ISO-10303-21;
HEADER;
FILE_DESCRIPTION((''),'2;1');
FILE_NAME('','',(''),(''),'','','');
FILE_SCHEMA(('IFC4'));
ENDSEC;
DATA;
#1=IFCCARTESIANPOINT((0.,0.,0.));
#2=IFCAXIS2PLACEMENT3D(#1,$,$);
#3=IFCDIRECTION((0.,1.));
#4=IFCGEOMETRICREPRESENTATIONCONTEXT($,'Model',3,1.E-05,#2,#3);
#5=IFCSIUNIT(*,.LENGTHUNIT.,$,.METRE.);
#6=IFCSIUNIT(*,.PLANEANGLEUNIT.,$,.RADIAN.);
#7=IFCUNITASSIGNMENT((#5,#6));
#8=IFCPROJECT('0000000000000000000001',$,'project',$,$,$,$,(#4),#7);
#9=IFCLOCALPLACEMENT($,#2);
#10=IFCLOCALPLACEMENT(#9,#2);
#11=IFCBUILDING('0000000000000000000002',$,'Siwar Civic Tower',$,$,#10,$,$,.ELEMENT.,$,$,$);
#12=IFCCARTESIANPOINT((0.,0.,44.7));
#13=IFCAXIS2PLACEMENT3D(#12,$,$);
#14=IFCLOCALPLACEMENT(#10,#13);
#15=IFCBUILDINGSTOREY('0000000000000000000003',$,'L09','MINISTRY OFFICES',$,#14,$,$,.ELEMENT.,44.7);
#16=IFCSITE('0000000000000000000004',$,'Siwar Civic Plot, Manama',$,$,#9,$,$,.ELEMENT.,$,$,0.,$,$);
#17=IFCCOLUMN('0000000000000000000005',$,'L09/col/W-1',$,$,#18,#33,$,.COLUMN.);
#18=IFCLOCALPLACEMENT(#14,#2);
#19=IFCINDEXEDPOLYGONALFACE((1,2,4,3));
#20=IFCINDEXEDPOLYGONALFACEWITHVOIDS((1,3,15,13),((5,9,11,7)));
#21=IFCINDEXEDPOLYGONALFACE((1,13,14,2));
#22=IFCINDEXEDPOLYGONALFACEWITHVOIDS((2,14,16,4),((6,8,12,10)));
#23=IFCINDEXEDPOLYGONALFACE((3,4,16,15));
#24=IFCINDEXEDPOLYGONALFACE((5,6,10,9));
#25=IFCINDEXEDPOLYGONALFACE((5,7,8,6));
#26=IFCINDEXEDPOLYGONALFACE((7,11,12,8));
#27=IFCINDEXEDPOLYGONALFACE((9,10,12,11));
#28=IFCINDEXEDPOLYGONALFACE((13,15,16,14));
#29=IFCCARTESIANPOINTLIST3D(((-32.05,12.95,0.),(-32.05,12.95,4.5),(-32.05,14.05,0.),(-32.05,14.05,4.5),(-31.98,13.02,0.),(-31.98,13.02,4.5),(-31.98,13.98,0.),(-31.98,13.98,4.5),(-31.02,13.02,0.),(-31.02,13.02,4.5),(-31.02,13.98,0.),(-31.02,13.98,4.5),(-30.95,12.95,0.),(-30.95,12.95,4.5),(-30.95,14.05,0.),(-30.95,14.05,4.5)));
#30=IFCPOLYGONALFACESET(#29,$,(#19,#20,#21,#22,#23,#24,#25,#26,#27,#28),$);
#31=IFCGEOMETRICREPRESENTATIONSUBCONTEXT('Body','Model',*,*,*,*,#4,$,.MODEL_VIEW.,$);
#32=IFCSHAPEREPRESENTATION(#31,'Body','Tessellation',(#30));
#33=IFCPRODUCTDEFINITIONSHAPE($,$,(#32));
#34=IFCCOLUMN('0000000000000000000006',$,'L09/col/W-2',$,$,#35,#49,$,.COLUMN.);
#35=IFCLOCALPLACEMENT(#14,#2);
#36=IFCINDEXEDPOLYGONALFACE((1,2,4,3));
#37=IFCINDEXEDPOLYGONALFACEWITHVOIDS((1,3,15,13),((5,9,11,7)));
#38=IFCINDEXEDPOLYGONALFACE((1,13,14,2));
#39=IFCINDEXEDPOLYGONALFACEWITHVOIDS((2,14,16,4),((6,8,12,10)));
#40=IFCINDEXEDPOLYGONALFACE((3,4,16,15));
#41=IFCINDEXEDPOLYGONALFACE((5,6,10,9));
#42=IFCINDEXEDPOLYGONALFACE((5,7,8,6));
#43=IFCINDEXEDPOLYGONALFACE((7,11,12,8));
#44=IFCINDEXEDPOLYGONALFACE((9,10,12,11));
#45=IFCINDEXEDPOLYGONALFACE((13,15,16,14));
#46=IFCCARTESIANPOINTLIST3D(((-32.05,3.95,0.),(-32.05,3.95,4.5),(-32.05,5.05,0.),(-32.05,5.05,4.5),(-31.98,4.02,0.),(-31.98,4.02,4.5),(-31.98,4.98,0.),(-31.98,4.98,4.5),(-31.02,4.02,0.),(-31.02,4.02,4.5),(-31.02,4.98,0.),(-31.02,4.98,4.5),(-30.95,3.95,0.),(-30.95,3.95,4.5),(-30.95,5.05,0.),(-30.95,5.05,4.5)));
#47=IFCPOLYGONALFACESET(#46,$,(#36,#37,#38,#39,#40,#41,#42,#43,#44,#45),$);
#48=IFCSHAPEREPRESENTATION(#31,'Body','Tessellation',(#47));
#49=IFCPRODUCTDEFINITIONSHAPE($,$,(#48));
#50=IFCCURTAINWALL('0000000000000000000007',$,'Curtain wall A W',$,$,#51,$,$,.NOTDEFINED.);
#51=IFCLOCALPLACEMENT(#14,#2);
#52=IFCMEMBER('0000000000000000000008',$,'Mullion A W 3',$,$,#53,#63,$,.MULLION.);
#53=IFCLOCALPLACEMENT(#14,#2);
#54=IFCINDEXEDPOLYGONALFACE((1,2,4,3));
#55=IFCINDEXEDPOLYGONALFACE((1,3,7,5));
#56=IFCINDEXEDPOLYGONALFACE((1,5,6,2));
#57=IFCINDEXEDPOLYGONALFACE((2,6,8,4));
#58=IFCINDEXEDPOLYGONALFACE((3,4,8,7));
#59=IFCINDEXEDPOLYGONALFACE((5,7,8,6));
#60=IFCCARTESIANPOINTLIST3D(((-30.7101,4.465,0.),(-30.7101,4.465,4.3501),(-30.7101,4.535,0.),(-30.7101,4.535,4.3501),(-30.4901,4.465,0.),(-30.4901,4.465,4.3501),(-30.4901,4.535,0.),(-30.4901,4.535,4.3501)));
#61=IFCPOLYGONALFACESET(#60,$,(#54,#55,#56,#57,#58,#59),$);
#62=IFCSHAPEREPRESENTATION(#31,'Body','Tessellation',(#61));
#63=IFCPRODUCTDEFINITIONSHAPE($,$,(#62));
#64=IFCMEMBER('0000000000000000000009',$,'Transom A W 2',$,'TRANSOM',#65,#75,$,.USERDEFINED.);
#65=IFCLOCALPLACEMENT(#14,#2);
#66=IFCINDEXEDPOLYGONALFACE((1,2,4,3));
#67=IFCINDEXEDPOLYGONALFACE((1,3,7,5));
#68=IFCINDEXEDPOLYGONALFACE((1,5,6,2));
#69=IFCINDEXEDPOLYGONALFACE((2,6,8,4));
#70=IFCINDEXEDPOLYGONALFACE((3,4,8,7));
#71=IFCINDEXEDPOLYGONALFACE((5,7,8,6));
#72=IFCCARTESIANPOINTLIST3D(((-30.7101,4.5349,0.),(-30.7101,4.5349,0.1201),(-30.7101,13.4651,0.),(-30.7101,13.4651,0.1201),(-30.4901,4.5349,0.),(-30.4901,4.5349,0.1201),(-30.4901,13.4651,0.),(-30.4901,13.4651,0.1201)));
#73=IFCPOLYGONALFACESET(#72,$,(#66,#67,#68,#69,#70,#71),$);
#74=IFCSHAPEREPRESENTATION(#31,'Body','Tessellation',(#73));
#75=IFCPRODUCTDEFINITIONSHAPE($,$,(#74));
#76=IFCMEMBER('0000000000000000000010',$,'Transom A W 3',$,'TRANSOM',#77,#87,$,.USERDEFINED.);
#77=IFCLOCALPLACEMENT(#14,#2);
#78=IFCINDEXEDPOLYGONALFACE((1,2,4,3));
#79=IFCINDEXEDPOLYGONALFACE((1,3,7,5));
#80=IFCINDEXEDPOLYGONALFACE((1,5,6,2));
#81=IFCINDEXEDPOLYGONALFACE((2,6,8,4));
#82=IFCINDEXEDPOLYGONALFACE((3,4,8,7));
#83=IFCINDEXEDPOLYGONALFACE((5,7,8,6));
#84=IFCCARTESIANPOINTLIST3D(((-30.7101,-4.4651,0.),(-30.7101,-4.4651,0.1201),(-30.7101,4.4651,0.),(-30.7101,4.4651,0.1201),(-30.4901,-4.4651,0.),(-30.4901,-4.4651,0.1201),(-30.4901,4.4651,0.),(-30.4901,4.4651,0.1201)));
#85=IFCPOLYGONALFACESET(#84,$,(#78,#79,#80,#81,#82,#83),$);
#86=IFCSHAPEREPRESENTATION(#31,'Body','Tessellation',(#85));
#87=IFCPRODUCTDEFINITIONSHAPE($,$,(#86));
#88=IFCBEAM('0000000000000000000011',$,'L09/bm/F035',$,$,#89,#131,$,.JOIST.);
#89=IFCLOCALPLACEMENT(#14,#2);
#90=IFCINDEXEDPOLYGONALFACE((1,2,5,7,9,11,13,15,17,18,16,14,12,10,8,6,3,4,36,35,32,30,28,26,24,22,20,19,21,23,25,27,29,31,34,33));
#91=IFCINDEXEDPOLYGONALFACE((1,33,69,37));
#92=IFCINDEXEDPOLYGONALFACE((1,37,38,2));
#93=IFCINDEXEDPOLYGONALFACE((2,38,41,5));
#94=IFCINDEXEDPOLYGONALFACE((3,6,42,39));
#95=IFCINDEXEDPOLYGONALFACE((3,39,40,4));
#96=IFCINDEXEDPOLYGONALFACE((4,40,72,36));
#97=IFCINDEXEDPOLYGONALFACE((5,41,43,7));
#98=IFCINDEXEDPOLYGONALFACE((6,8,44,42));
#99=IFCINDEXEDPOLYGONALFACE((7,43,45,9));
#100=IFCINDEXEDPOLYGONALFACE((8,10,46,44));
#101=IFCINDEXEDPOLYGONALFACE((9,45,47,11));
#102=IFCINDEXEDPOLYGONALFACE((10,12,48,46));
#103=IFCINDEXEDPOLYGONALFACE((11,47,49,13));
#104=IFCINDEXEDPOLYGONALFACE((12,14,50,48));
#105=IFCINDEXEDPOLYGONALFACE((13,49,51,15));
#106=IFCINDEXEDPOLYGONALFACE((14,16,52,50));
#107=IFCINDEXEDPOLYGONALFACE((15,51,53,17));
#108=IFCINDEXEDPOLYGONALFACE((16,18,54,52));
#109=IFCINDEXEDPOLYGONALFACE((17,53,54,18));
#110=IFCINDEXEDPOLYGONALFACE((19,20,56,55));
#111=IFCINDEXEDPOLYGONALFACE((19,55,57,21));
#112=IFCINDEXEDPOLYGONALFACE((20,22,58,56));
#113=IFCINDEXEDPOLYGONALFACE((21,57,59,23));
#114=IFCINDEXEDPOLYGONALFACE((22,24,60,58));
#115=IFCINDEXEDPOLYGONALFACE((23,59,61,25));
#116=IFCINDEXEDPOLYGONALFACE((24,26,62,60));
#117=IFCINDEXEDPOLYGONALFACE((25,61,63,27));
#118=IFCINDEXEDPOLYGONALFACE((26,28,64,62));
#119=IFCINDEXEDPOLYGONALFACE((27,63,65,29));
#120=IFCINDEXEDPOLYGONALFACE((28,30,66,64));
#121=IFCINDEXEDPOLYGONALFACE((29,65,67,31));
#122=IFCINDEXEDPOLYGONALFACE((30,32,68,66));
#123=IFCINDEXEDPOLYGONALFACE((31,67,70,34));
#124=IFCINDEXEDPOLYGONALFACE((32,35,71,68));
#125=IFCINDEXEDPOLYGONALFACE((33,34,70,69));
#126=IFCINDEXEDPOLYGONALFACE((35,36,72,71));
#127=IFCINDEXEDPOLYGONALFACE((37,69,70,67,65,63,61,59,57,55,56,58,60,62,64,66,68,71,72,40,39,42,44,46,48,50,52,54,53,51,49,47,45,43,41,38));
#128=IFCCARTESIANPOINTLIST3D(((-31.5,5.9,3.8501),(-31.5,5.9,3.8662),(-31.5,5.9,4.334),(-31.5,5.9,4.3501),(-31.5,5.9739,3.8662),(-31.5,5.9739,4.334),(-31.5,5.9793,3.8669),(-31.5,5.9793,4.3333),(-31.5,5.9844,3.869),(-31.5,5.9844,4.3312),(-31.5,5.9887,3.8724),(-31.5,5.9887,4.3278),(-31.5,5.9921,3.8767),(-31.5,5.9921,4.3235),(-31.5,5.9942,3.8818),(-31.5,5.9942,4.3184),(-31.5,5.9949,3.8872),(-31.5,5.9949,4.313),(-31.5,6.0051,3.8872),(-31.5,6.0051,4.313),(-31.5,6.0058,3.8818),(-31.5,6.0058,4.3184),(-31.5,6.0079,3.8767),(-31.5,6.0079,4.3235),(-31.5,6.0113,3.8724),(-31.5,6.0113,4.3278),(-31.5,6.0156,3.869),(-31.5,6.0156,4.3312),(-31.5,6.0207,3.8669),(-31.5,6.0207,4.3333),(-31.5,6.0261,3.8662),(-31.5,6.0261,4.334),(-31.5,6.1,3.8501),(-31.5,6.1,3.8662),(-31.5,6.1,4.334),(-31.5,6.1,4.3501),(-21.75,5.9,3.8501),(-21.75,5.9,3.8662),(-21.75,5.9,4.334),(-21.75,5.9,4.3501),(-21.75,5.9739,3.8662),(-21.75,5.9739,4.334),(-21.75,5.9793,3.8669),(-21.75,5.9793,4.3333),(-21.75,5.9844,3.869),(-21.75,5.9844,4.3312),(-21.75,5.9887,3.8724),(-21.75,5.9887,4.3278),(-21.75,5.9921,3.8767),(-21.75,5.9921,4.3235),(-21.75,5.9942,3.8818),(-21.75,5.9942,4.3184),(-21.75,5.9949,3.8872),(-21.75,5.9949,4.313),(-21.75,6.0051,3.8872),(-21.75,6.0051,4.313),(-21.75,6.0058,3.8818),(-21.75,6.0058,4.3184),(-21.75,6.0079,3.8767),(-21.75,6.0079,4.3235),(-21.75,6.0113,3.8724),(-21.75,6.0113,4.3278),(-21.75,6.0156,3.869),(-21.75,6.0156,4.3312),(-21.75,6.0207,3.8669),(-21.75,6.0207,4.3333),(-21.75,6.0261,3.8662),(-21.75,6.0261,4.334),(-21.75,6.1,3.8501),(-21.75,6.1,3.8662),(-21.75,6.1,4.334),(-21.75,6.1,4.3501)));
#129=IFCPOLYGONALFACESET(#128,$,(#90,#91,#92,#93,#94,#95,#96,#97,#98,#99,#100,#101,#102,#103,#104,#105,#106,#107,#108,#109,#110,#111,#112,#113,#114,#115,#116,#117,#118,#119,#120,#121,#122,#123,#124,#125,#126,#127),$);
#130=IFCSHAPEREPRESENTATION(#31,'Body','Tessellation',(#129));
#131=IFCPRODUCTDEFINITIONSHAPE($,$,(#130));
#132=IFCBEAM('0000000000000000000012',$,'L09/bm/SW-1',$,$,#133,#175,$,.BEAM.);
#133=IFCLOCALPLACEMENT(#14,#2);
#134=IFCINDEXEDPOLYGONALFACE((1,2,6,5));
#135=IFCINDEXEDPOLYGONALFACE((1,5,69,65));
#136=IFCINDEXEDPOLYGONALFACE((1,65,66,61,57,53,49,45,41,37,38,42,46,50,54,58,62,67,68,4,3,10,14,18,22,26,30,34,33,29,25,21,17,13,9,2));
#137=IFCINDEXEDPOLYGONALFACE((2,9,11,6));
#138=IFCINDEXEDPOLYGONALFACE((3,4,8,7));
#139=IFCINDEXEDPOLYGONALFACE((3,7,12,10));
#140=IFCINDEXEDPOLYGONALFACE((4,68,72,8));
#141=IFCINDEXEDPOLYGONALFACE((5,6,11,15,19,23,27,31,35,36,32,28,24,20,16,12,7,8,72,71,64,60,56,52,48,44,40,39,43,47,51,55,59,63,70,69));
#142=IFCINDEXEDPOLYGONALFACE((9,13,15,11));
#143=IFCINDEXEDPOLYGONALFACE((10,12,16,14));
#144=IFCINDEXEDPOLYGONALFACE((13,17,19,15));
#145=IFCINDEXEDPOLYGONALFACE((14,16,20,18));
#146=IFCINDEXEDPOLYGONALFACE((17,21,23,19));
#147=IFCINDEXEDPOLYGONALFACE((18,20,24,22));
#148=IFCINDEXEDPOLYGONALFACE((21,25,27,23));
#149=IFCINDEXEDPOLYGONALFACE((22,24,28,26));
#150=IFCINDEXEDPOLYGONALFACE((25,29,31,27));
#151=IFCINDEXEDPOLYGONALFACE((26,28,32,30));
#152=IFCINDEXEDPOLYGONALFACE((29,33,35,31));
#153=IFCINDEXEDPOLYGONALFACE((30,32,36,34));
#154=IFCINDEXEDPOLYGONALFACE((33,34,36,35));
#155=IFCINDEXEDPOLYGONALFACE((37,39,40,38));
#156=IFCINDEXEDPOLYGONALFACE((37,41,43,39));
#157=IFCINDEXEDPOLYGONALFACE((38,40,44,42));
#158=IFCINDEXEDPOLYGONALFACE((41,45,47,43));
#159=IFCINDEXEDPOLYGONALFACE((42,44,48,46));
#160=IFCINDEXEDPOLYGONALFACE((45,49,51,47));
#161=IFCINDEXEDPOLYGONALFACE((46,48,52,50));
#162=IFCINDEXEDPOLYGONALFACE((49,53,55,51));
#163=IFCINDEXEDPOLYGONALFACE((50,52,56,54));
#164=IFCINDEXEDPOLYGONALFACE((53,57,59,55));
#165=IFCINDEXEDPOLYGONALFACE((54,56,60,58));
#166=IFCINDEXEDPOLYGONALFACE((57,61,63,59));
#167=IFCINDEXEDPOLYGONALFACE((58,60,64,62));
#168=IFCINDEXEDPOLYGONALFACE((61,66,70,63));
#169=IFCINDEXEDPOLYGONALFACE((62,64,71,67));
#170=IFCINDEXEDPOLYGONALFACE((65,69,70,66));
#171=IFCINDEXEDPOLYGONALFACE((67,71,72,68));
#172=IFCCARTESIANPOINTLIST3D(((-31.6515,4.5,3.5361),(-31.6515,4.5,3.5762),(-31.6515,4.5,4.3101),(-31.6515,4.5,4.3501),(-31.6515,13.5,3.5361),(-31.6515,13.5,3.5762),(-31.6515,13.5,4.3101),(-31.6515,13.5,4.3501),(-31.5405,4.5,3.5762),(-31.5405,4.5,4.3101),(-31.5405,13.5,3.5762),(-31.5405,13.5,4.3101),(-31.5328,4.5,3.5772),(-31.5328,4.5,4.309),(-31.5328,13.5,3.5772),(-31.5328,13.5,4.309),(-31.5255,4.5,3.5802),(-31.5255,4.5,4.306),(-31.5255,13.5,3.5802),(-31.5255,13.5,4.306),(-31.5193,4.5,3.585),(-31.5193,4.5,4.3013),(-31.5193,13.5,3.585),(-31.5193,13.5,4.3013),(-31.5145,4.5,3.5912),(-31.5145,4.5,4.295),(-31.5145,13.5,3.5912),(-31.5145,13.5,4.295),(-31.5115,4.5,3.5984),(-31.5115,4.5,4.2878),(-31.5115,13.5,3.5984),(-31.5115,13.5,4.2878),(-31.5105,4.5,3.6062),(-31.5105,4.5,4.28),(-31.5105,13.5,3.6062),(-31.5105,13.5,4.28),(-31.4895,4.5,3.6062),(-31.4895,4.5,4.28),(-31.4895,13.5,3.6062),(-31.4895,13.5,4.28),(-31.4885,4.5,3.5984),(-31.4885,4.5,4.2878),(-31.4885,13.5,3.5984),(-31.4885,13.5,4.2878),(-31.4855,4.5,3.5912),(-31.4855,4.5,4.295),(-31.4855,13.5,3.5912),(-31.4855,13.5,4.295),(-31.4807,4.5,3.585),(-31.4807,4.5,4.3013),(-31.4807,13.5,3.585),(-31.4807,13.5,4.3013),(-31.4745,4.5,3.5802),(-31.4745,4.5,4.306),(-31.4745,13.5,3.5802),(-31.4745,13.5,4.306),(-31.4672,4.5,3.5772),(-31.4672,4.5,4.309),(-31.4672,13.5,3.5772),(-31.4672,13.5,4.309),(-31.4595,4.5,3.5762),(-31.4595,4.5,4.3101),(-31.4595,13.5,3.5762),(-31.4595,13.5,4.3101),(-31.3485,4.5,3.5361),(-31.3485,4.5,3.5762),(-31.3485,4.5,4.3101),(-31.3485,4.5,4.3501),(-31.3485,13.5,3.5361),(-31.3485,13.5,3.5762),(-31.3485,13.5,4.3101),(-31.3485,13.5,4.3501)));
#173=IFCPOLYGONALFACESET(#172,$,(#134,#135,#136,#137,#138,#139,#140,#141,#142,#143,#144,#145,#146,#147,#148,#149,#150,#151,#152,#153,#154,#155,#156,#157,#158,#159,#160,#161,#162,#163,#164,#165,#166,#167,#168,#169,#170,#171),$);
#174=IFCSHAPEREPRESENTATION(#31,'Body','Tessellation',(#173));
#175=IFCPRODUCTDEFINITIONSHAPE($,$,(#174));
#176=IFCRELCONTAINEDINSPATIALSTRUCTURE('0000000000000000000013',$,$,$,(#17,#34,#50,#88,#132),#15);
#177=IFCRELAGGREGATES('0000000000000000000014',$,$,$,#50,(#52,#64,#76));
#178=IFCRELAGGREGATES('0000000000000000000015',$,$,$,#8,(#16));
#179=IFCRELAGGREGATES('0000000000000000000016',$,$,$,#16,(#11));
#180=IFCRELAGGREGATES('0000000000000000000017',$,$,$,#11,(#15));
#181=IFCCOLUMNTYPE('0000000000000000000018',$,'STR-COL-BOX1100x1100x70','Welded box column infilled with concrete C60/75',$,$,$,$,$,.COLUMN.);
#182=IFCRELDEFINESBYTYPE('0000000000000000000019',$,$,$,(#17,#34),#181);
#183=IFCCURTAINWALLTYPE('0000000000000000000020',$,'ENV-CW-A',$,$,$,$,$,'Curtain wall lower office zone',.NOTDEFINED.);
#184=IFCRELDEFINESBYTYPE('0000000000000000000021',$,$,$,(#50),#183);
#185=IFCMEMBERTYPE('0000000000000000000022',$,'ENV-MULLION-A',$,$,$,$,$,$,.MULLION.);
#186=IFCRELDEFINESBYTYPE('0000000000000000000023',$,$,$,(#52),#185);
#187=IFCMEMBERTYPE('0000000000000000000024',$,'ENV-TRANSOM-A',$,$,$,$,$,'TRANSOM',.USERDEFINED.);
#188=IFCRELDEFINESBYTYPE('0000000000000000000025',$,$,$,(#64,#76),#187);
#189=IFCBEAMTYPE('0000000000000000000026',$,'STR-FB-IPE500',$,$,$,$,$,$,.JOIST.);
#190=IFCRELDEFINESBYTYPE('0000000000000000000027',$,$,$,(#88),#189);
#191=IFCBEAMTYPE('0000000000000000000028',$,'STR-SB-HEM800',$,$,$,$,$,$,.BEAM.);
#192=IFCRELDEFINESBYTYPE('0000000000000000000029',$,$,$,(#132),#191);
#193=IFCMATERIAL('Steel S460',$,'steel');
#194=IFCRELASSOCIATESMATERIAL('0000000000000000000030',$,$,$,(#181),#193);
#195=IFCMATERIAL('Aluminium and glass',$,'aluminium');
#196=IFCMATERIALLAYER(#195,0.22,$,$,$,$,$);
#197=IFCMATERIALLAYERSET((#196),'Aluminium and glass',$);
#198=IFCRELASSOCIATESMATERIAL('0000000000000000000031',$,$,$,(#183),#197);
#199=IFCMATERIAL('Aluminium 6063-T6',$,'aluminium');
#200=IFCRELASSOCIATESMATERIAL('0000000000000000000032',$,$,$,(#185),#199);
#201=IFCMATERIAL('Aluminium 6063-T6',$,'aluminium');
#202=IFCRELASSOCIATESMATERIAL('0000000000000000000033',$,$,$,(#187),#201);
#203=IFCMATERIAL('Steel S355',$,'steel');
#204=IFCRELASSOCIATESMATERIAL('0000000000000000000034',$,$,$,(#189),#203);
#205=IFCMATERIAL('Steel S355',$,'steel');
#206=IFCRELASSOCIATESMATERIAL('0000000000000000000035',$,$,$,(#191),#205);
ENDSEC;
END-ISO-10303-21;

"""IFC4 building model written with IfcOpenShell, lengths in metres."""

from ifc_helpers import new_model, si_unit, direction, frame, origin, origin_2d, place, context, subcontext, project, spatial, rectangle, hollow_rectangle, i_section, extrude, material, layer, layer_set, material_profile, profile_set, type_object, element, aggregate, save


model = new_model("IFC4")

# Units and contexts
model_context = context("Model", 3, precision=1e-05, world=origin(), true_north=direction((0.0, 1.0)))
body_context = subcontext(model_context, "Body", "Model", "MODEL_VIEW")
ifc_project = project(units=[si_unit("LENGTHUNIT", "METRE"), si_unit("PLANEANGLEUNIT", "RADIAN")], contexts=[model_context])

# Site, building, storey
site_placement = place(None, origin())
site = spatial("IfcSite", under=ifc_project, at=site_placement, Name="Siwar Civic Plot, Manama", CompositionType="ELEMENT", RefElevation=0.0)
building_placement = place(site_placement, origin())
building = spatial("IfcBuilding", under=site, at=building_placement, Name="Siwar Civic Tower", CompositionType="ELEMENT")
storey_placement = place(building_placement, frame((0.0, 0.0, 44.7)))
storey = spatial("IfcBuildingStorey", under=building, at=storey_placement, Name="L09", Description="MINISTRY OFFICES", CompositionType="ELEMENT", Elevation=44.7)

# Columns
ifc_material_1 = material(Name="Steel S460", Category="steel")
ifc_material_profile_1 = material_profile(ifc_material_1, hollow_rectangle(XDim=1.1001, YDim=1.1001, WallThickness=0.0701, at=origin_2d()), Name="BOX1100x1100x70")
ifc_profile_set_1 = profile_set([ifc_material_profile_1], Name="Steel S460")
column_type = type_object("IfcColumnType", Name="STR-COL-BOX1100x1100x70", Description="Welded box column infilled with concrete C60/75", PredefinedType="COLUMN", material=ifc_profile_set_1)
for number, where, z_axis, x_axis, name in (
    (1, (-31.5, 13.5, 0.0), (0.0, 0.0, 1.0), (1.0, 0.0, 0.0), "L09/col/W-1"),
    (2, (-31.5, 4.5, 0.0), (0.0, 0.0, 1.0), (1.0, 0.0, 0.0), "L09/col/W-2"),
):
    element("IfcColumn", number, at=place(storey_placement, frame(where, z_axis=z_axis, x_axis=x_axis)), inside=storey, type_object=column_type, Name=name, PredefinedType="COLUMN", context=body_context, shape_type="SweptSolid", body=[
        extrude(hollow_rectangle(XDim=1.1001, YDim=1.1001, WallThickness=0.0701, at=origin_2d()), origin(), (0.0, 0.0, 1.0), 4.5),
    ])

# Curtain wall, members
ifc_material_2 = material(Name="Aluminium and glass", Category="aluminium")
ifc_layer_1 = layer(ifc_material_2, 0.22)
ifc_layer_set_1 = layer_set([ifc_layer_1], Name="Aluminium and glass")
curtain_wall_type = type_object("IfcCurtainWallType", Name="ENV-CW-A", ElementType="Curtain wall lower office zone", PredefinedType="NOTDEFINED", material=ifc_layer_set_1)
curtain_wall_placement = place(storey_placement, origin())
curtain_wall = element("IfcCurtainWall", 3, at=curtain_wall_placement, inside=storey, type_object=curtain_wall_type, Name="Curtain wall A W", PredefinedType="NOTDEFINED")
ifc_material_3 = material(Name="Aluminium 6063-T6", Category="aluminium")
ifc_material_profile_2 = material_profile(ifc_material_3, rectangle(XDim=0.22, YDim=0.0701, at=origin_2d()), Name="AL 220x70")
ifc_profile_set_2 = profile_set([ifc_material_profile_2], Name="Aluminium 6063-T6")
member_type_1 = type_object("IfcMemberType", Name="ENV-MULLION-A", PredefinedType="MULLION", material=ifc_profile_set_2)
member_1_placement = place(storey_placement, frame((-30.6001, 4.5, 0.0), z_axis=(0.0, 0.0, 1.0), x_axis=(1.0, 0.0, 0.0)))
member_1 = element("IfcMember", 4, at=member_1_placement, type_object=member_type_1, Name="Mullion A W 3", PredefinedType="MULLION", context=body_context, shape_type="SweptSolid", body=[
    extrude(rectangle(XDim=0.22, YDim=0.0701, at=origin_2d()), origin(), (0.0, 0.0, 1.0), 4.3501),
])
ifc_material_4 = material(Name="Aluminium 6063-T6", Category="aluminium")
ifc_material_profile_3 = material_profile(ifc_material_4, rectangle(XDim=0.22, YDim=0.1201, at=origin_2d()), Name="AL 220x120")
ifc_profile_set_3 = profile_set([ifc_material_profile_3], Name="Aluminium 6063-T6")
member_type_2 = type_object("IfcMemberType", Name="ENV-TRANSOM-A", ElementType="TRANSOM", PredefinedType="USERDEFINED", material=ifc_profile_set_3)
member_2_placement = place(storey_placement, frame((-30.6001, 13.4651, 0.0601), z_axis=(0.0, -1.0, 0.0), x_axis=(1.0, 0.0, 0.0)))
member_2 = element("IfcMember", 5, at=member_2_placement, type_object=member_type_2, Name="Transom A W 2", ObjectType="TRANSOM", PredefinedType="USERDEFINED", context=body_context, shape_type="SweptSolid", body=[
    extrude(rectangle(XDim=0.22, YDim=0.1201, at=origin_2d()), origin(), (0.0, 0.0, 1.0), 8.9302),
])
member_3_placement = place(storey_placement, frame((-30.6001, 4.4651, 0.0601), z_axis=(0.0, -1.0, 0.0), x_axis=(1.0, 0.0, 0.0)))
member_3 = element("IfcMember", 6, at=member_3_placement, type_object=member_type_2, Name="Transom A W 3", ObjectType="TRANSOM", PredefinedType="USERDEFINED", context=body_context, shape_type="SweptSolid", body=[
    extrude(rectangle(XDim=0.22, YDim=0.1201, at=origin_2d()), origin(), (0.0, 0.0, 1.0), 8.9302),
])

# Beams
ifc_material_5 = material(Name="Steel S355", Category="steel")
ifc_material_profile_4 = material_profile(ifc_material_5, i_section(OverallWidth=0.2, OverallDepth=0.5, WebThickness=0.0103, FlangeThickness=0.0161, FilletRadius=0.021, at=origin_2d()), Name="IPE500")
ifc_profile_set_4 = profile_set([ifc_material_profile_4], Name="Steel S355")
beam_type_1 = type_object("IfcBeamType", Name="STR-FB-IPE500", PredefinedType="JOIST", material=ifc_profile_set_4)
beam_placement = place(storey_placement, frame((-31.5, 6.0, 4.1001), z_axis=(1.0, 0.0, 0.0), x_axis=(0.0, 1.0, 0.0)))
element("IfcBeam", 7, at=beam_placement, inside=storey, type_object=beam_type_1, Name="L09/bm/F035", PredefinedType="JOIST", context=body_context, shape_type="SweptSolid", body=[
    extrude(i_section(OverallWidth=0.2, OverallDepth=0.5, WebThickness=0.0103, FlangeThickness=0.0161, FilletRadius=0.021, at=origin_2d()), origin(), (0.0, 0.0, 1.0), 9.75),
])
ifc_material_6 = material(Name="Steel S355", Category="steel")
ifc_material_profile_5 = material_profile(ifc_material_6, i_section(OverallWidth=0.303, OverallDepth=0.814, WebThickness=0.021, FlangeThickness=0.04, FilletRadius=0.03, at=origin_2d()), Name="HEM800")
ifc_profile_set_5 = profile_set([ifc_material_profile_5], Name="Steel S355")
beam_type_2 = type_object("IfcBeamType", Name="STR-SB-HEM800", PredefinedType="BEAM", material=ifc_profile_set_5)
for number, where, z_axis, x_axis, name in (
    (8, (-31.5, 13.5, 3.9431), (0.0, -1.0, 0.0), (1.0, 0.0, 0.0), "L09/bm/SW-1"),
):
    element("IfcBeam", number, at=place(storey_placement, frame(where, z_axis=z_axis, x_axis=x_axis)), inside=storey, type_object=beam_type_2, Name=name, PredefinedType="BEAM", context=body_context, shape_type="SweptSolid", body=[
        extrude(i_section(OverallWidth=0.303, OverallDepth=0.814, WebThickness=0.021, FlangeThickness=0.04, FilletRadius=0.03, at=origin_2d()), origin(), (0.0, 0.0, 1.0), 9.0),
    ])

aggregate(curtain_wall, [member_1, member_2, member_3])

save(model, "model.ifc")
